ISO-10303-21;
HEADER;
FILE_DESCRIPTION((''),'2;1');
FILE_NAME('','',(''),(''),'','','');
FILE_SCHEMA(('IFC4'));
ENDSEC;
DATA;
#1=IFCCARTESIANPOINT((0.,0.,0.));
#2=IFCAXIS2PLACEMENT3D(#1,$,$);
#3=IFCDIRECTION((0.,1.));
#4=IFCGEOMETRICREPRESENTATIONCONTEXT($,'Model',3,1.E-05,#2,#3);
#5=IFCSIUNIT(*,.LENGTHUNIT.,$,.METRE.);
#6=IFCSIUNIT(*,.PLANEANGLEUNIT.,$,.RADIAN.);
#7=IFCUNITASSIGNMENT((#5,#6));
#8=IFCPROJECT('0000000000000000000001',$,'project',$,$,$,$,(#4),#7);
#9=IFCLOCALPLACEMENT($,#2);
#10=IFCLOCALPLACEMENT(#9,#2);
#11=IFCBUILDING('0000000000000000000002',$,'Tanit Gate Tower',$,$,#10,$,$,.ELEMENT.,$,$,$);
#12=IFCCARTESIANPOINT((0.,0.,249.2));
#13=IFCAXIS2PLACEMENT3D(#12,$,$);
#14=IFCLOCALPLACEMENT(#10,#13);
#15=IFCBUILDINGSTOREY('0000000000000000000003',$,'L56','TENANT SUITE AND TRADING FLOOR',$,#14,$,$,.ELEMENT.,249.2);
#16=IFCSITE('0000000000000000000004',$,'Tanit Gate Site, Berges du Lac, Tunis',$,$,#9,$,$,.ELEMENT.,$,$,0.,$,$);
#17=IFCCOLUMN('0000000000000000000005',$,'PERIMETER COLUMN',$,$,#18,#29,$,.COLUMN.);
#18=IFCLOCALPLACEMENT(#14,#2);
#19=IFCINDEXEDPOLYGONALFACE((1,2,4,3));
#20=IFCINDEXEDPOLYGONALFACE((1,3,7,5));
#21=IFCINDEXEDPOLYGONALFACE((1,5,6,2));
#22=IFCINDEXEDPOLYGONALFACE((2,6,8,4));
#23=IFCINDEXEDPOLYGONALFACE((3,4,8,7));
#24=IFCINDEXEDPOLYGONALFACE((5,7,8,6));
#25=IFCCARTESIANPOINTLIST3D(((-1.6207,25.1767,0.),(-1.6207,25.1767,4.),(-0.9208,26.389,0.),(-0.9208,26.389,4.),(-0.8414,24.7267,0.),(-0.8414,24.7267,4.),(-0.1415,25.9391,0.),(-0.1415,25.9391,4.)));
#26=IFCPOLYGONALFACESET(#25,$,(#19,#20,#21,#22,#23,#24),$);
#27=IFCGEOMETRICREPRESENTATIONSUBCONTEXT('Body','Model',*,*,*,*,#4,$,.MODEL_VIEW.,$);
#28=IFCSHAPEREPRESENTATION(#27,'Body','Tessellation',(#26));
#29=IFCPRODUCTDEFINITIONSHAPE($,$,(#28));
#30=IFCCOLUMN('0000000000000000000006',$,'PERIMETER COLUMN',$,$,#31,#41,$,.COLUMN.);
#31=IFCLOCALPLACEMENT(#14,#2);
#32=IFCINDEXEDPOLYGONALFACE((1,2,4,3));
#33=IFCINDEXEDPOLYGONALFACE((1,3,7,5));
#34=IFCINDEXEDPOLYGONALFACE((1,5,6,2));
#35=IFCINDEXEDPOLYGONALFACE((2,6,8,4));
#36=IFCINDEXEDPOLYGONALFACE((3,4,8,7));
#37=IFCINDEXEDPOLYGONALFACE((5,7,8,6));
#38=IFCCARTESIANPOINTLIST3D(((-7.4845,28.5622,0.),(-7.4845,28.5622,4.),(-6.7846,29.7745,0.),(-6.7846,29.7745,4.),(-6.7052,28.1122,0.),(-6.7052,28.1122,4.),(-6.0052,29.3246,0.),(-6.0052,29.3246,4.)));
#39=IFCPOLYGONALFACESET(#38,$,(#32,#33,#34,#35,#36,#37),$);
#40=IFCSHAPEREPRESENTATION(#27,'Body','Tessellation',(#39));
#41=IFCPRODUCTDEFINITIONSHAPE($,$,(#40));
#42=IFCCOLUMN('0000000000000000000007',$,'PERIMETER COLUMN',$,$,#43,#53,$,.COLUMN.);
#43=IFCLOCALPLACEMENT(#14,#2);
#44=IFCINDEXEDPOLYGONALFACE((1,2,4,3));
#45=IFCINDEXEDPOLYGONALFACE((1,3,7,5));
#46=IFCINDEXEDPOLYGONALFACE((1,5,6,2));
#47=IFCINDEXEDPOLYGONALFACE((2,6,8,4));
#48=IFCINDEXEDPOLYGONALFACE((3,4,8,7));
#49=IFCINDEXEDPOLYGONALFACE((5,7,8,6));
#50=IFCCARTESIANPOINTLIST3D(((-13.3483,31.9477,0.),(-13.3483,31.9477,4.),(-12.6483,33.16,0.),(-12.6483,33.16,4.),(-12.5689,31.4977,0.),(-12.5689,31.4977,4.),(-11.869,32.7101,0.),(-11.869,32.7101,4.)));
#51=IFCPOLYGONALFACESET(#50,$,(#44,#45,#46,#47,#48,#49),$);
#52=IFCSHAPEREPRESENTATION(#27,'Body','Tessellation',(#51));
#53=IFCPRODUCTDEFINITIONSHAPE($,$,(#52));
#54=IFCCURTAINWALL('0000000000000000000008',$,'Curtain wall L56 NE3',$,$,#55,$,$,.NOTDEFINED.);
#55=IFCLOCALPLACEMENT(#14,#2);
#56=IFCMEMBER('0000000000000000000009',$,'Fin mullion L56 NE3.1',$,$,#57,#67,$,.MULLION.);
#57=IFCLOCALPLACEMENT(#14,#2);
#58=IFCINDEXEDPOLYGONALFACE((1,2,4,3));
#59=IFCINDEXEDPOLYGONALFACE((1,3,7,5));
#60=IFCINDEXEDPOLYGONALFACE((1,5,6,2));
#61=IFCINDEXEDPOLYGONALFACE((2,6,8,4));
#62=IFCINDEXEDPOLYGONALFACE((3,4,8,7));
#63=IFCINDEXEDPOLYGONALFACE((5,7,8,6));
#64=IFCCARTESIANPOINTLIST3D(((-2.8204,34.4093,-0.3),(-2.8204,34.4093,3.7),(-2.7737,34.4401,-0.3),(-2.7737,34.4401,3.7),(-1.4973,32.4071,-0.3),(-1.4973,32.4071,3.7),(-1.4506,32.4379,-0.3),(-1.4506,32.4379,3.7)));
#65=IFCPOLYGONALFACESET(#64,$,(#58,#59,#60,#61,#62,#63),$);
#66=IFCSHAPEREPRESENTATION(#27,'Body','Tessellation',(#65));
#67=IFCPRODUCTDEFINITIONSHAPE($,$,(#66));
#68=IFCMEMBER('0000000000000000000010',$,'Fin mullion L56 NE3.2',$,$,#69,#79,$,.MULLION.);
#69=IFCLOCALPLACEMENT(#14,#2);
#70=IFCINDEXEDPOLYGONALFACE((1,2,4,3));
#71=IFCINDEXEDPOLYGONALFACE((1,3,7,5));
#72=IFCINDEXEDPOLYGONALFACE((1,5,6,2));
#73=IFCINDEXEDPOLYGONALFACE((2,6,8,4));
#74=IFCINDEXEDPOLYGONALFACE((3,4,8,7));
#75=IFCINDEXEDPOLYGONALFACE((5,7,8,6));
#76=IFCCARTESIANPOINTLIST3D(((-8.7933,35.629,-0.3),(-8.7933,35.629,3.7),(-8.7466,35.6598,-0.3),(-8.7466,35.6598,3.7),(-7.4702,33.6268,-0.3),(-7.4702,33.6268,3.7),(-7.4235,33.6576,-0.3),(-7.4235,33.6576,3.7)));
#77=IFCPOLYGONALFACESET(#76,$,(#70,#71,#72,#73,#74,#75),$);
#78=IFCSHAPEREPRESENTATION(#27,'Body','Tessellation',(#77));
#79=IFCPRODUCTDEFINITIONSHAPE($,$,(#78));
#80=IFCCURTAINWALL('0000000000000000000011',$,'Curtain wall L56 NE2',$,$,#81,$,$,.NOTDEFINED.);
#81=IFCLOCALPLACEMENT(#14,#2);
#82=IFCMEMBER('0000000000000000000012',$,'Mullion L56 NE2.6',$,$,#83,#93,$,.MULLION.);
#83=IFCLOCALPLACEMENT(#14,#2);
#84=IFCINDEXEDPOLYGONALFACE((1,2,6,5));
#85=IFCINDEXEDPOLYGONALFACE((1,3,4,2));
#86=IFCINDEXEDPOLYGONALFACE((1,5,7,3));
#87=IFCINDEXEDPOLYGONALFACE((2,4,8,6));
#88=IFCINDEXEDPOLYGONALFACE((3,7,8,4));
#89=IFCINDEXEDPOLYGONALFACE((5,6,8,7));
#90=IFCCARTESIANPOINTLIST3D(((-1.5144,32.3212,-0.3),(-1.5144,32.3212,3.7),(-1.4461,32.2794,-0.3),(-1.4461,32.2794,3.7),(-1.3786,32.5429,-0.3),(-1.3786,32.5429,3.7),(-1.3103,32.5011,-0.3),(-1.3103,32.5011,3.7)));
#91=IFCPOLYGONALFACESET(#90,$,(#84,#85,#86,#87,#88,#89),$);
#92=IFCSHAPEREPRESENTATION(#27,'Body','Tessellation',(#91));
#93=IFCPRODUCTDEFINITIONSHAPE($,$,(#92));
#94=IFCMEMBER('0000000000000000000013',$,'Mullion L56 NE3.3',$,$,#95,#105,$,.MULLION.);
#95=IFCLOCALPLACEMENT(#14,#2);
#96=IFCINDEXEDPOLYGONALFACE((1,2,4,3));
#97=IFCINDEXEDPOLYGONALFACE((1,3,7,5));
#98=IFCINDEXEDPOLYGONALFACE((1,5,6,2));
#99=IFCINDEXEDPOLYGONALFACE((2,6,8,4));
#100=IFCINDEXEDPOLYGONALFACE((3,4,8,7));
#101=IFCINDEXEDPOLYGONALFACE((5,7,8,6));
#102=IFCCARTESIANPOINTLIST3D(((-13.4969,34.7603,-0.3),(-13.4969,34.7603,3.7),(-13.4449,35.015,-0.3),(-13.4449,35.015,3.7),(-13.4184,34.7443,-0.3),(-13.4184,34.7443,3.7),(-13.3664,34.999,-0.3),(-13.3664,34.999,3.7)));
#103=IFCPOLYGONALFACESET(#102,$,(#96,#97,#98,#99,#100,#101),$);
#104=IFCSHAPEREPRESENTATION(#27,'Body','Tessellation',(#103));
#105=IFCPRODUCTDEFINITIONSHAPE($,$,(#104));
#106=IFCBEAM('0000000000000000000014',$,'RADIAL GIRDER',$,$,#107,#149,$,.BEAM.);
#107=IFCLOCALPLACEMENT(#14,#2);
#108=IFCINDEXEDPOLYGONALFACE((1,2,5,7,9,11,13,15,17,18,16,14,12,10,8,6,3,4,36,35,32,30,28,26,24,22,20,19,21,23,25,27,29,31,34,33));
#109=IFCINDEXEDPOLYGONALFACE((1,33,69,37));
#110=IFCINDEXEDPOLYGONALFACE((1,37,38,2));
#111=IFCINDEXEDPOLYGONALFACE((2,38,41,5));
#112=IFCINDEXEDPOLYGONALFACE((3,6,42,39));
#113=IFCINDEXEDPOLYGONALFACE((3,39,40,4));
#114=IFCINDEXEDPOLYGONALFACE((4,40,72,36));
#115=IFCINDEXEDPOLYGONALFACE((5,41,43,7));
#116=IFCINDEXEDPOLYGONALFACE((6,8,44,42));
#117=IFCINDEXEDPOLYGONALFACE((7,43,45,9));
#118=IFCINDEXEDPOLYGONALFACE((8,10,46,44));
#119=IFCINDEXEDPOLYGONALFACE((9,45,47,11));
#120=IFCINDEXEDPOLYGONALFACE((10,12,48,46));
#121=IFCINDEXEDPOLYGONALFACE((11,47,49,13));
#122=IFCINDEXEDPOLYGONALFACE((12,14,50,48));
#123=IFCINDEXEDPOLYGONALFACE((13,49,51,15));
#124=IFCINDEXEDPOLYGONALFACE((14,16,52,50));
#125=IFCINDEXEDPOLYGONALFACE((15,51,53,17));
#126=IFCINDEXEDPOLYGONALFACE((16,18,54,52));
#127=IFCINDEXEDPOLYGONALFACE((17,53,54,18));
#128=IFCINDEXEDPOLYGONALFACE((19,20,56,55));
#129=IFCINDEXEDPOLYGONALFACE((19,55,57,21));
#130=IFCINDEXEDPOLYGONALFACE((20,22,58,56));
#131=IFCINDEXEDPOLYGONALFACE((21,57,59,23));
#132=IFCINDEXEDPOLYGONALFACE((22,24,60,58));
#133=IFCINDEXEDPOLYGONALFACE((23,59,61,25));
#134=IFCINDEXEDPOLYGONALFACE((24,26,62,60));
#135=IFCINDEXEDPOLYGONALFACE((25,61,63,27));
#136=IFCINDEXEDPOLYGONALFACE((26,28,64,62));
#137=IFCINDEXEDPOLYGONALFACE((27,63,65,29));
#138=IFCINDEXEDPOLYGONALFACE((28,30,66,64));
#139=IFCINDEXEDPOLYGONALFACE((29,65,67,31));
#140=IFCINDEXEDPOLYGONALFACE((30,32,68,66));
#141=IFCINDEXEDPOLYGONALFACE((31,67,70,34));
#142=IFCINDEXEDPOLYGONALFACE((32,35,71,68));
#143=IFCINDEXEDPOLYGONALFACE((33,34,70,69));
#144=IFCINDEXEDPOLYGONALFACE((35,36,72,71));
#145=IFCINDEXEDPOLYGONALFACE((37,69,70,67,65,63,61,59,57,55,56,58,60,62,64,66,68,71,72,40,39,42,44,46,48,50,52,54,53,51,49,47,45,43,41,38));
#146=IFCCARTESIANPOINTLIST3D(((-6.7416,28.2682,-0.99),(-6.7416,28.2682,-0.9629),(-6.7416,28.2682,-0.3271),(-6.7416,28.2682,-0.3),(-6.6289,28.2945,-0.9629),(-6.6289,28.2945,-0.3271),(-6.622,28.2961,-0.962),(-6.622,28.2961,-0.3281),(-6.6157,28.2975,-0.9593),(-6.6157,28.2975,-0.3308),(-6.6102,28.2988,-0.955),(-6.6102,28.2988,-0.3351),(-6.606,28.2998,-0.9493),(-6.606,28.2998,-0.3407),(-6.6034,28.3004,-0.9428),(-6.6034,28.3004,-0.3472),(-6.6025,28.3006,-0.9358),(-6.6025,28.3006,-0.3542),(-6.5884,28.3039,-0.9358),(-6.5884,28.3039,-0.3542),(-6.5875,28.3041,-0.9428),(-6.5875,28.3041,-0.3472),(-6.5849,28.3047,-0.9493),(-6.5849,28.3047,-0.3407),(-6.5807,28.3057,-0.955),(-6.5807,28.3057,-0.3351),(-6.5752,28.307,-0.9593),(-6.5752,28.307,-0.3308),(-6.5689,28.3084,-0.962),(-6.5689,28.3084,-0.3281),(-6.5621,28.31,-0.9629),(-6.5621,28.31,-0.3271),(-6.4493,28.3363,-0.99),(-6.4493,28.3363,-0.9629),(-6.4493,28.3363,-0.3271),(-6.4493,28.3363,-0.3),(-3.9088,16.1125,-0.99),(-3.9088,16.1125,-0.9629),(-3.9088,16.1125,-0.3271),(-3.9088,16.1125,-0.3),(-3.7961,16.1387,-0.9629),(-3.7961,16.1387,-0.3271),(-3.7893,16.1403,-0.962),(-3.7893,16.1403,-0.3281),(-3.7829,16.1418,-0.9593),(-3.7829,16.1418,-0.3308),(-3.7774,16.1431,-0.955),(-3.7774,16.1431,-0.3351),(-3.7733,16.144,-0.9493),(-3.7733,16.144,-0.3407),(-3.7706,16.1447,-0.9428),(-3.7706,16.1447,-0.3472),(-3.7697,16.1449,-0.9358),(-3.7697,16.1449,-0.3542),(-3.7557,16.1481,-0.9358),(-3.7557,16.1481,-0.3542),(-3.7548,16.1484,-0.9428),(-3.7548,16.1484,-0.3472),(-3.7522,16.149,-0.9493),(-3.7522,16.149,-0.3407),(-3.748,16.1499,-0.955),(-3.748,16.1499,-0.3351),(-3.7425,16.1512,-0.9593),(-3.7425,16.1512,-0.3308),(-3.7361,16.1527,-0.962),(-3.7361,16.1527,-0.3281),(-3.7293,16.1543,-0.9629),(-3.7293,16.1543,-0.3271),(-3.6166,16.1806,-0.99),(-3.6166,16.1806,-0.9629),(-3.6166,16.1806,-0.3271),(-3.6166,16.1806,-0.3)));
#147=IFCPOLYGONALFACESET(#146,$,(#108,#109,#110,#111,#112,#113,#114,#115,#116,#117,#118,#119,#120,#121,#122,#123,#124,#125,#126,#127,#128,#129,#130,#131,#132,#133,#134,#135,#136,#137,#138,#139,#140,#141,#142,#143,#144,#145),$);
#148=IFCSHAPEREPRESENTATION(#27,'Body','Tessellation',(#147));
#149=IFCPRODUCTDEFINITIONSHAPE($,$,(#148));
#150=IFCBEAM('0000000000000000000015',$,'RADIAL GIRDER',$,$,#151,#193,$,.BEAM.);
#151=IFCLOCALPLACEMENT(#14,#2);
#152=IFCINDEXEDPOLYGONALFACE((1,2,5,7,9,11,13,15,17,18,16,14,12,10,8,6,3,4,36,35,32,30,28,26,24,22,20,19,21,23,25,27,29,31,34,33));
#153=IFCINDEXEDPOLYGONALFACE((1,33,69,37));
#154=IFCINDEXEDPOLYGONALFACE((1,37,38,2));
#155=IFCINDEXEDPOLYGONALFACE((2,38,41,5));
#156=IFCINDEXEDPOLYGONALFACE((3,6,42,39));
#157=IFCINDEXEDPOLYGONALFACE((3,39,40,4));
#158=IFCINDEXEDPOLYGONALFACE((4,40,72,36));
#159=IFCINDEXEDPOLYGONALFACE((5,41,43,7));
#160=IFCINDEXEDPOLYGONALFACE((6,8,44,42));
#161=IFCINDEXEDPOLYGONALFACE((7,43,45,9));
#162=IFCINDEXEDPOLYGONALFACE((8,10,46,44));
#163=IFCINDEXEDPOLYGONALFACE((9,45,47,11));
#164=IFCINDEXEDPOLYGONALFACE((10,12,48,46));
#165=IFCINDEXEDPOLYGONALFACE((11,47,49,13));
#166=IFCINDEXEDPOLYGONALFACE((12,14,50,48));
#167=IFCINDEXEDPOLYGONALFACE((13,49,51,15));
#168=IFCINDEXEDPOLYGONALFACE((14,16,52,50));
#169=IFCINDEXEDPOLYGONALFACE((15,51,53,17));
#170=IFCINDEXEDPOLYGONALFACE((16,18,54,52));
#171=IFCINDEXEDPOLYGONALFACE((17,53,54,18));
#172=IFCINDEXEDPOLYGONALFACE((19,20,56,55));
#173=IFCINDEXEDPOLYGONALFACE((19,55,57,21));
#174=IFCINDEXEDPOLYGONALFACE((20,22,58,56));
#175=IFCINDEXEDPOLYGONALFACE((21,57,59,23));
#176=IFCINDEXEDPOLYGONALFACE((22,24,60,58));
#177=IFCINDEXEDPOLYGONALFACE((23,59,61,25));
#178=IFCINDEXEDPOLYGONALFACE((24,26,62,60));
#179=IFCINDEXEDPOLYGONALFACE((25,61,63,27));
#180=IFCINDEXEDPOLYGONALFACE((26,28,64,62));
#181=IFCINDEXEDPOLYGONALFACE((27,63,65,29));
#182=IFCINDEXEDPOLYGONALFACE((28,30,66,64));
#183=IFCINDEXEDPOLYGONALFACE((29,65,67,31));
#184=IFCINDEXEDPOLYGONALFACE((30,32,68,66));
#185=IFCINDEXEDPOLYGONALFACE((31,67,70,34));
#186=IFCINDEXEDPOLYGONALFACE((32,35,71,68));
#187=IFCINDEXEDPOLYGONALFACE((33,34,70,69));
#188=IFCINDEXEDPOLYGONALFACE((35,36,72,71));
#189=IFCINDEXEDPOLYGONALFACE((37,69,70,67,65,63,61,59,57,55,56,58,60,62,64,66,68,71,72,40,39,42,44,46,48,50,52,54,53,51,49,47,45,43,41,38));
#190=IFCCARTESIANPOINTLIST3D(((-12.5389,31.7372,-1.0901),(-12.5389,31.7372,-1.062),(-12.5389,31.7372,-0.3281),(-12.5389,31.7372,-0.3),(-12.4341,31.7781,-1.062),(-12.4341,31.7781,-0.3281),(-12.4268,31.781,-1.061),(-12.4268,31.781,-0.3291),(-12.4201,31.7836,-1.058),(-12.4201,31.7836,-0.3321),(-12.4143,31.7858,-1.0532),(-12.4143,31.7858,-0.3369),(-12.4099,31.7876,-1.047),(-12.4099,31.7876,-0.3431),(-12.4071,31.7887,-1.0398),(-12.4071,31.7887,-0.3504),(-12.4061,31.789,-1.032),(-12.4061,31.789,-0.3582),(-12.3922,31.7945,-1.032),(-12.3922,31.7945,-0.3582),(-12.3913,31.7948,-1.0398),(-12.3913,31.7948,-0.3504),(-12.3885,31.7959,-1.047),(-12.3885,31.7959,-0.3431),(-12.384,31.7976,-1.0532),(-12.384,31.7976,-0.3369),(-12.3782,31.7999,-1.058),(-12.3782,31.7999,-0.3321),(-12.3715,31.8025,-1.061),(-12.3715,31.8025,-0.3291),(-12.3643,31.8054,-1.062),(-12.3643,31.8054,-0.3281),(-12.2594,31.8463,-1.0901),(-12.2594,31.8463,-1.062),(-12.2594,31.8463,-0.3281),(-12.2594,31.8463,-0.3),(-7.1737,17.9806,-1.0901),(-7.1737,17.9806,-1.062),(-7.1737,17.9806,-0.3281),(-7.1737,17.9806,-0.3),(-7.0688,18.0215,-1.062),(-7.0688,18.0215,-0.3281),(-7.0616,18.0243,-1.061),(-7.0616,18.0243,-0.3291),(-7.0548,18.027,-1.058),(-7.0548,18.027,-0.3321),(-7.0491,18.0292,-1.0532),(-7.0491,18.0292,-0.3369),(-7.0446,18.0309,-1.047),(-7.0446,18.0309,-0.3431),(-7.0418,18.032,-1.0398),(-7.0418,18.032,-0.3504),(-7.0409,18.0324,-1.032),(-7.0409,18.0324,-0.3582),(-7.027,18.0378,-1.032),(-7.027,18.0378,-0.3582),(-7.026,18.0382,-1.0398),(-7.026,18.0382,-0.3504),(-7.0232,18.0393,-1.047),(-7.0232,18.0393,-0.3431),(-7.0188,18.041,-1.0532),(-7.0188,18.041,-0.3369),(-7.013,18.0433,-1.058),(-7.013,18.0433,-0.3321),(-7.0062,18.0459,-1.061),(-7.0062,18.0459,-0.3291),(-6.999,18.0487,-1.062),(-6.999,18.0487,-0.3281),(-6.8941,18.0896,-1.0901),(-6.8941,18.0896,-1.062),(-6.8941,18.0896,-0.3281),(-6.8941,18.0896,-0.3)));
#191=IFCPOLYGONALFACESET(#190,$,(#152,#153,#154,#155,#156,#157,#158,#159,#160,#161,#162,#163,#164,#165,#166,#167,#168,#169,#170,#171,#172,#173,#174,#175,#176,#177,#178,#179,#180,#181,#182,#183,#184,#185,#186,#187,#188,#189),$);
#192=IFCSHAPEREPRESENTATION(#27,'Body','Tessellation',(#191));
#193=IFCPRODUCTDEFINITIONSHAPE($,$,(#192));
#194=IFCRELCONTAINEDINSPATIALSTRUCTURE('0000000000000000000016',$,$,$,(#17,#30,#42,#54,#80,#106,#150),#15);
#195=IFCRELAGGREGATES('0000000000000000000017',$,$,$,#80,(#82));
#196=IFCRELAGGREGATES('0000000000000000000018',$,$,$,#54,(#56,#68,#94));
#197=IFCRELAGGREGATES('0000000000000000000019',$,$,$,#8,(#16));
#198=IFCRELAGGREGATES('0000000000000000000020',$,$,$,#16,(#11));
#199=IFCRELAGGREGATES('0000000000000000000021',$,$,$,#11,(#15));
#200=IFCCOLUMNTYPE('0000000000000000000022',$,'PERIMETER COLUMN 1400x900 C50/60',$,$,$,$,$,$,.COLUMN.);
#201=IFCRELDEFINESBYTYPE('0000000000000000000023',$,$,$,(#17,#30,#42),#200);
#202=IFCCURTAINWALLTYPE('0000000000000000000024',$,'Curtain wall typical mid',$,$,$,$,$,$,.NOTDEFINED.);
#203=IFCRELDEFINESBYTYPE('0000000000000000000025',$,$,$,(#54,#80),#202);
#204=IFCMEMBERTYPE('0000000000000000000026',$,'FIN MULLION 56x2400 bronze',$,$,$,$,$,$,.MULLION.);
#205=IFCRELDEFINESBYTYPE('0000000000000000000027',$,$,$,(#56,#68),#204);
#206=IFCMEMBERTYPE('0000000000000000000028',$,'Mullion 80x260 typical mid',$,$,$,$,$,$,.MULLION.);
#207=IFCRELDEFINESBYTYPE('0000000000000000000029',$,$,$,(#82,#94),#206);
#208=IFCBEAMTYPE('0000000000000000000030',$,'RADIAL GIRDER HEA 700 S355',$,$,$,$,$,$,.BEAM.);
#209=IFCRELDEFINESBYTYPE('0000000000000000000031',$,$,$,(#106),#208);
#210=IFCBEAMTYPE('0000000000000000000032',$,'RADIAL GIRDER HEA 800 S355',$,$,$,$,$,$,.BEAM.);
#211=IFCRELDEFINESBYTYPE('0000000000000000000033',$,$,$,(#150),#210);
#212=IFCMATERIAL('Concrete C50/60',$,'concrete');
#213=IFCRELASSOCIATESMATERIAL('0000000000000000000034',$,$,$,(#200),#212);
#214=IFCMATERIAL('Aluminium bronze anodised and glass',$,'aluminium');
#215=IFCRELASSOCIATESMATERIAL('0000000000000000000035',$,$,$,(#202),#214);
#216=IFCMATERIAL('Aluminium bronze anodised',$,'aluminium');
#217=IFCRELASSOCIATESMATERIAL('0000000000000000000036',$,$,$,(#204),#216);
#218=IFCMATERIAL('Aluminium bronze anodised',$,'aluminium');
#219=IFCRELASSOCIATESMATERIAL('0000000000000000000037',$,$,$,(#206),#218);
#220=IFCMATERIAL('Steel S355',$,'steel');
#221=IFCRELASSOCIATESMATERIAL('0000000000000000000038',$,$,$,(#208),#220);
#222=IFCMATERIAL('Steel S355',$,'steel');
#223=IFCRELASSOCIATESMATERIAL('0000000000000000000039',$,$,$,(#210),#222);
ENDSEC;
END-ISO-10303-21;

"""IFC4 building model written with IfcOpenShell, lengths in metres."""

from ifc_helpers import new_model, si_unit, direction, frame, origin, origin_2d, place, context, subcontext, project, spatial, rectangle, i_section, extrude, material, material_profile, profile_set, type_object, element, aggregate, save


model = new_model("IFC4")

# Units and contexts
model_context = context("Model", 3, precision=1e-05, world=origin(), true_north=direction((0.0, 1.0)))
body_context = subcontext(model_context, "Body", "Model", "MODEL_VIEW")
ifc_project = project(units=[si_unit("LENGTHUNIT", "METRE"), si_unit("PLANEANGLEUNIT", "RADIAN")], contexts=[model_context])

# Site, building, storey
site_placement = place(None, origin())
site = spatial("IfcSite", under=ifc_project, at=site_placement, Name="Tanit Gate Site, Berges du Lac, Tunis", CompositionType="ELEMENT", RefElevation=0.0)
building_placement = place(site_placement, origin())
building = spatial("IfcBuilding", under=site, at=building_placement, Name="Tanit Gate Tower", CompositionType="ELEMENT")
storey_placement = place(building_placement, frame((0.0, 0.0, 249.2)))
storey = spatial("IfcBuildingStorey", under=building, at=storey_placement, Name="L56", Description="TENANT SUITE AND TRADING FLOOR", CompositionType="ELEMENT", Elevation=249.2)

# Columns
ifc_material_1 = material(Name="Concrete C50/60", Category="concrete")
ifc_material_profile_1 = material_profile(ifc_material_1, rectangle(XDim=1.3999, YDim=0.8999, at=origin_2d()), Name="RC 1400x900")
ifc_profile_set_1 = profile_set([ifc_material_profile_1], Name="Concrete C50/60")
column_type = type_object("IfcColumnType", Name="PERIMETER COLUMN 1400x900 C50/60", PredefinedType="COLUMN", material=ifc_profile_set_1)
for number, where, z_axis, x_axis, name in (
    (1, (-0.8811, 25.5579, 0.0), (0.0, 0.0, 1.0), (0.5, 0.866025, 0.0), "PERIMETER COLUMN"),
    (2, (-6.7449, 28.9434, 0.0), (0.0, 0.0, 1.0), (0.5, 0.866025, 0.0), "PERIMETER COLUMN"),
    (3, (-12.6086, 32.3289, 0.0), (0.0, 0.0, 1.0), (0.5, 0.866025, 0.0), "PERIMETER COLUMN"),
):
    element("IfcColumn", number, at=place(storey_placement, frame(where, z_axis=z_axis, x_axis=x_axis)), inside=storey, type_object=column_type, Name=name, PredefinedType="COLUMN", context=body_context, shape_type="SweptSolid", body=[
        extrude(rectangle(XDim=1.3999, YDim=0.8999, at=origin_2d()), origin(), (0.0, 0.0, 1.0), 4.0),
    ])

# Curtain wall, members
ifc_material_2 = material(Name="Aluminium bronze anodised and glass", Category="aluminium")
curtain_wall_type = type_object("IfcCurtainWallType", Name="Curtain wall typical mid", PredefinedType="NOTDEFINED", material=ifc_material_2)
curtain_wall_1_placement = place(storey_placement, origin())
curtain_wall_1 = element("IfcCurtainWall", 4, at=curtain_wall_1_placement, inside=storey, type_object=curtain_wall_type, Name="Curtain wall L56 NE3", PredefinedType="NOTDEFINED")
ifc_material_3 = material(Name="Aluminium bronze anodised", Category="aluminium")
ifc_material_profile_2 = material_profile(ifc_material_3, rectangle(XDim=2.3999, YDim=0.0559, at=origin_2d()), Name="56x2400 bronze fin mullion")
ifc_profile_set_2 = profile_set([ifc_material_profile_2], Name="Aluminium bronze anodised")
member_type_1 = type_object("IfcMemberType", Name="FIN MULLION 56x2400 bronze", PredefinedType="MULLION", material=ifc_profile_set_2)
member_1_placement = place(storey_placement, frame((-2.1355, 33.4236, -0.3), z_axis=(0.0, 0.0, 1.0), x_axis=(0.551315, -0.834297, 0.0)))
member_1 = element("IfcMember", 5, at=member_1_placement, type_object=member_type_1, Name="Fin mullion L56 NE3.1", PredefinedType="MULLION", context=body_context, shape_type="SweptSolid", body=[
    extrude(rectangle(XDim=2.3999, YDim=0.0559, at=origin_2d()), origin(), (0.0, 0.0, 1.0), 4.0),
])
member_2_placement = place(storey_placement, frame((-8.1084, 34.6433, -0.3), z_axis=(0.0, 0.0, 1.0), x_axis=(0.551315, -0.834297, 0.0)))
member_2 = element("IfcMember", 6, at=member_2_placement, type_object=member_type_1, Name="Fin mullion L56 NE3.2", PredefinedType="MULLION", context=body_context, shape_type="SweptSolid", body=[
    extrude(rectangle(XDim=2.3999, YDim=0.0559, at=origin_2d()), origin(), (0.0, 0.0, 1.0), 4.0),
])

# Curtain wall, member
curtain_wall_2_placement = place(storey_placement, origin())
curtain_wall_2 = element("IfcCurtainWall", 7, at=curtain_wall_2_placement, inside=storey, type_object=curtain_wall_type, Name="Curtain wall L56 NE2", PredefinedType="NOTDEFINED")
ifc_material_4 = material(Name="Aluminium bronze anodised", Category="aluminium")
ifc_material_profile_3 = material_profile(ifc_material_4, rectangle(XDim=0.26, YDim=0.0801, at=origin_2d()), Name="80x260 bronze mullion")
ifc_profile_set_3 = profile_set([ifc_material_profile_3], Name="Aluminium bronze anodised")
member_type_2 = type_object("IfcMemberType", Name="Mullion 80x260 typical mid", PredefinedType="MULLION", material=ifc_profile_set_3)
member_3_placement = place(storey_placement, frame((-1.4124, 32.4111, -0.3), z_axis=(0.0, 0.0, 1.0), x_axis=(-0.522283, -0.852772, 0.0)))
member_3 = element("IfcMember", 8, at=member_3_placement, type_object=member_type_2, Name="Mullion L56 NE2.6", PredefinedType="MULLION", context=body_context, shape_type="SweptSolid", body=[
    extrude(rectangle(XDim=0.26, YDim=0.0801, at=origin_2d()), origin(), (0.0, 0.0, 1.0), 4.0),
])
aggregate(curtain_wall_2, [member_3])

# Member
member_4_placement = place(storey_placement, frame((-13.4316, 34.8796, -0.3), z_axis=(0.0, 0.0, 1.0), x_axis=(-0.200098, -0.979776, 0.0)))
member_4 = element("IfcMember", 9, at=member_4_placement, type_object=member_type_2, Name="Mullion L56 NE3.3", PredefinedType="MULLION", context=body_context, shape_type="SweptSolid", body=[
    extrude(rectangle(XDim=0.26, YDim=0.0801, at=origin_2d()), origin(), (0.0, 0.0, 1.0), 4.0),
])

# Beams
ifc_material_5 = material(Name="Steel S355", Category="steel")
ifc_material_profile_4 = material_profile(ifc_material_5, i_section(OverallWidth=0.3, OverallDepth=0.6899, WebThickness=0.0144, FlangeThickness=0.0271, FilletRadius=0.0271, at=origin_2d()), Name="HEA 700")
ifc_profile_set_4 = profile_set([ifc_material_profile_4], Name="Steel S355")
beam_type_1 = type_object("IfcBeamType", Name="RADIAL GIRDER HEA 700 S355", PredefinedType="BEAM", material=ifc_profile_set_4)
beam_1_placement = place(storey_placement, frame((-6.5955, 28.3022, -0.645), z_axis=(0.226958, -0.973905, 0.0), x_axis=(0.973905, 0.226958, 0.0)))
element("IfcBeam", 10, at=beam_1_placement, inside=storey, type_object=beam_type_1, Name="RADIAL GIRDER", PredefinedType="BEAM", context=body_context, shape_type="SweptSolid", body=[
    extrude(i_section(OverallWidth=0.3, OverallDepth=0.6899, WebThickness=0.0144, FlangeThickness=0.0271, FilletRadius=0.0271, at=origin_2d()), origin(), (0.0, 0.0, 1.0), 12.4814),
])
ifc_material_6 = material(Name="Steel S355", Category="steel")
ifc_material_profile_5 = material_profile(ifc_material_6, i_section(OverallWidth=0.3, OverallDepth=0.79, WebThickness=0.0149, FlangeThickness=0.0281, FilletRadius=0.03, at=origin_2d()), Name="HEA 800")
ifc_profile_set_5 = profile_set([ifc_material_profile_5], Name="Steel S355")
beam_type_2 = type_object("IfcBeamType", Name="RADIAL GIRDER HEA 800 S355", PredefinedType="BEAM", material=ifc_profile_set_5)
beam_2_placement = place(storey_placement, frame((-12.3992, 31.7917, -0.6951), z_axis=(0.363355, -0.931651, 0.0), x_axis=(0.931651, 0.363355, 0.0)))
element("IfcBeam", 11, at=beam_2_placement, inside=storey, type_object=beam_type_2, Name="RADIAL GIRDER", PredefinedType="BEAM", context=body_context, shape_type="SweptSolid", body=[
    extrude(i_section(OverallWidth=0.3, OverallDepth=0.79, WebThickness=0.0149, FlangeThickness=0.0281, FilletRadius=0.03, at=origin_2d()), origin(), (0.0, 0.0, 1.0), 14.7659),
])

aggregate(curtain_wall_1, [member_1, member_2, member_4])

save(model, "model.ifc")
